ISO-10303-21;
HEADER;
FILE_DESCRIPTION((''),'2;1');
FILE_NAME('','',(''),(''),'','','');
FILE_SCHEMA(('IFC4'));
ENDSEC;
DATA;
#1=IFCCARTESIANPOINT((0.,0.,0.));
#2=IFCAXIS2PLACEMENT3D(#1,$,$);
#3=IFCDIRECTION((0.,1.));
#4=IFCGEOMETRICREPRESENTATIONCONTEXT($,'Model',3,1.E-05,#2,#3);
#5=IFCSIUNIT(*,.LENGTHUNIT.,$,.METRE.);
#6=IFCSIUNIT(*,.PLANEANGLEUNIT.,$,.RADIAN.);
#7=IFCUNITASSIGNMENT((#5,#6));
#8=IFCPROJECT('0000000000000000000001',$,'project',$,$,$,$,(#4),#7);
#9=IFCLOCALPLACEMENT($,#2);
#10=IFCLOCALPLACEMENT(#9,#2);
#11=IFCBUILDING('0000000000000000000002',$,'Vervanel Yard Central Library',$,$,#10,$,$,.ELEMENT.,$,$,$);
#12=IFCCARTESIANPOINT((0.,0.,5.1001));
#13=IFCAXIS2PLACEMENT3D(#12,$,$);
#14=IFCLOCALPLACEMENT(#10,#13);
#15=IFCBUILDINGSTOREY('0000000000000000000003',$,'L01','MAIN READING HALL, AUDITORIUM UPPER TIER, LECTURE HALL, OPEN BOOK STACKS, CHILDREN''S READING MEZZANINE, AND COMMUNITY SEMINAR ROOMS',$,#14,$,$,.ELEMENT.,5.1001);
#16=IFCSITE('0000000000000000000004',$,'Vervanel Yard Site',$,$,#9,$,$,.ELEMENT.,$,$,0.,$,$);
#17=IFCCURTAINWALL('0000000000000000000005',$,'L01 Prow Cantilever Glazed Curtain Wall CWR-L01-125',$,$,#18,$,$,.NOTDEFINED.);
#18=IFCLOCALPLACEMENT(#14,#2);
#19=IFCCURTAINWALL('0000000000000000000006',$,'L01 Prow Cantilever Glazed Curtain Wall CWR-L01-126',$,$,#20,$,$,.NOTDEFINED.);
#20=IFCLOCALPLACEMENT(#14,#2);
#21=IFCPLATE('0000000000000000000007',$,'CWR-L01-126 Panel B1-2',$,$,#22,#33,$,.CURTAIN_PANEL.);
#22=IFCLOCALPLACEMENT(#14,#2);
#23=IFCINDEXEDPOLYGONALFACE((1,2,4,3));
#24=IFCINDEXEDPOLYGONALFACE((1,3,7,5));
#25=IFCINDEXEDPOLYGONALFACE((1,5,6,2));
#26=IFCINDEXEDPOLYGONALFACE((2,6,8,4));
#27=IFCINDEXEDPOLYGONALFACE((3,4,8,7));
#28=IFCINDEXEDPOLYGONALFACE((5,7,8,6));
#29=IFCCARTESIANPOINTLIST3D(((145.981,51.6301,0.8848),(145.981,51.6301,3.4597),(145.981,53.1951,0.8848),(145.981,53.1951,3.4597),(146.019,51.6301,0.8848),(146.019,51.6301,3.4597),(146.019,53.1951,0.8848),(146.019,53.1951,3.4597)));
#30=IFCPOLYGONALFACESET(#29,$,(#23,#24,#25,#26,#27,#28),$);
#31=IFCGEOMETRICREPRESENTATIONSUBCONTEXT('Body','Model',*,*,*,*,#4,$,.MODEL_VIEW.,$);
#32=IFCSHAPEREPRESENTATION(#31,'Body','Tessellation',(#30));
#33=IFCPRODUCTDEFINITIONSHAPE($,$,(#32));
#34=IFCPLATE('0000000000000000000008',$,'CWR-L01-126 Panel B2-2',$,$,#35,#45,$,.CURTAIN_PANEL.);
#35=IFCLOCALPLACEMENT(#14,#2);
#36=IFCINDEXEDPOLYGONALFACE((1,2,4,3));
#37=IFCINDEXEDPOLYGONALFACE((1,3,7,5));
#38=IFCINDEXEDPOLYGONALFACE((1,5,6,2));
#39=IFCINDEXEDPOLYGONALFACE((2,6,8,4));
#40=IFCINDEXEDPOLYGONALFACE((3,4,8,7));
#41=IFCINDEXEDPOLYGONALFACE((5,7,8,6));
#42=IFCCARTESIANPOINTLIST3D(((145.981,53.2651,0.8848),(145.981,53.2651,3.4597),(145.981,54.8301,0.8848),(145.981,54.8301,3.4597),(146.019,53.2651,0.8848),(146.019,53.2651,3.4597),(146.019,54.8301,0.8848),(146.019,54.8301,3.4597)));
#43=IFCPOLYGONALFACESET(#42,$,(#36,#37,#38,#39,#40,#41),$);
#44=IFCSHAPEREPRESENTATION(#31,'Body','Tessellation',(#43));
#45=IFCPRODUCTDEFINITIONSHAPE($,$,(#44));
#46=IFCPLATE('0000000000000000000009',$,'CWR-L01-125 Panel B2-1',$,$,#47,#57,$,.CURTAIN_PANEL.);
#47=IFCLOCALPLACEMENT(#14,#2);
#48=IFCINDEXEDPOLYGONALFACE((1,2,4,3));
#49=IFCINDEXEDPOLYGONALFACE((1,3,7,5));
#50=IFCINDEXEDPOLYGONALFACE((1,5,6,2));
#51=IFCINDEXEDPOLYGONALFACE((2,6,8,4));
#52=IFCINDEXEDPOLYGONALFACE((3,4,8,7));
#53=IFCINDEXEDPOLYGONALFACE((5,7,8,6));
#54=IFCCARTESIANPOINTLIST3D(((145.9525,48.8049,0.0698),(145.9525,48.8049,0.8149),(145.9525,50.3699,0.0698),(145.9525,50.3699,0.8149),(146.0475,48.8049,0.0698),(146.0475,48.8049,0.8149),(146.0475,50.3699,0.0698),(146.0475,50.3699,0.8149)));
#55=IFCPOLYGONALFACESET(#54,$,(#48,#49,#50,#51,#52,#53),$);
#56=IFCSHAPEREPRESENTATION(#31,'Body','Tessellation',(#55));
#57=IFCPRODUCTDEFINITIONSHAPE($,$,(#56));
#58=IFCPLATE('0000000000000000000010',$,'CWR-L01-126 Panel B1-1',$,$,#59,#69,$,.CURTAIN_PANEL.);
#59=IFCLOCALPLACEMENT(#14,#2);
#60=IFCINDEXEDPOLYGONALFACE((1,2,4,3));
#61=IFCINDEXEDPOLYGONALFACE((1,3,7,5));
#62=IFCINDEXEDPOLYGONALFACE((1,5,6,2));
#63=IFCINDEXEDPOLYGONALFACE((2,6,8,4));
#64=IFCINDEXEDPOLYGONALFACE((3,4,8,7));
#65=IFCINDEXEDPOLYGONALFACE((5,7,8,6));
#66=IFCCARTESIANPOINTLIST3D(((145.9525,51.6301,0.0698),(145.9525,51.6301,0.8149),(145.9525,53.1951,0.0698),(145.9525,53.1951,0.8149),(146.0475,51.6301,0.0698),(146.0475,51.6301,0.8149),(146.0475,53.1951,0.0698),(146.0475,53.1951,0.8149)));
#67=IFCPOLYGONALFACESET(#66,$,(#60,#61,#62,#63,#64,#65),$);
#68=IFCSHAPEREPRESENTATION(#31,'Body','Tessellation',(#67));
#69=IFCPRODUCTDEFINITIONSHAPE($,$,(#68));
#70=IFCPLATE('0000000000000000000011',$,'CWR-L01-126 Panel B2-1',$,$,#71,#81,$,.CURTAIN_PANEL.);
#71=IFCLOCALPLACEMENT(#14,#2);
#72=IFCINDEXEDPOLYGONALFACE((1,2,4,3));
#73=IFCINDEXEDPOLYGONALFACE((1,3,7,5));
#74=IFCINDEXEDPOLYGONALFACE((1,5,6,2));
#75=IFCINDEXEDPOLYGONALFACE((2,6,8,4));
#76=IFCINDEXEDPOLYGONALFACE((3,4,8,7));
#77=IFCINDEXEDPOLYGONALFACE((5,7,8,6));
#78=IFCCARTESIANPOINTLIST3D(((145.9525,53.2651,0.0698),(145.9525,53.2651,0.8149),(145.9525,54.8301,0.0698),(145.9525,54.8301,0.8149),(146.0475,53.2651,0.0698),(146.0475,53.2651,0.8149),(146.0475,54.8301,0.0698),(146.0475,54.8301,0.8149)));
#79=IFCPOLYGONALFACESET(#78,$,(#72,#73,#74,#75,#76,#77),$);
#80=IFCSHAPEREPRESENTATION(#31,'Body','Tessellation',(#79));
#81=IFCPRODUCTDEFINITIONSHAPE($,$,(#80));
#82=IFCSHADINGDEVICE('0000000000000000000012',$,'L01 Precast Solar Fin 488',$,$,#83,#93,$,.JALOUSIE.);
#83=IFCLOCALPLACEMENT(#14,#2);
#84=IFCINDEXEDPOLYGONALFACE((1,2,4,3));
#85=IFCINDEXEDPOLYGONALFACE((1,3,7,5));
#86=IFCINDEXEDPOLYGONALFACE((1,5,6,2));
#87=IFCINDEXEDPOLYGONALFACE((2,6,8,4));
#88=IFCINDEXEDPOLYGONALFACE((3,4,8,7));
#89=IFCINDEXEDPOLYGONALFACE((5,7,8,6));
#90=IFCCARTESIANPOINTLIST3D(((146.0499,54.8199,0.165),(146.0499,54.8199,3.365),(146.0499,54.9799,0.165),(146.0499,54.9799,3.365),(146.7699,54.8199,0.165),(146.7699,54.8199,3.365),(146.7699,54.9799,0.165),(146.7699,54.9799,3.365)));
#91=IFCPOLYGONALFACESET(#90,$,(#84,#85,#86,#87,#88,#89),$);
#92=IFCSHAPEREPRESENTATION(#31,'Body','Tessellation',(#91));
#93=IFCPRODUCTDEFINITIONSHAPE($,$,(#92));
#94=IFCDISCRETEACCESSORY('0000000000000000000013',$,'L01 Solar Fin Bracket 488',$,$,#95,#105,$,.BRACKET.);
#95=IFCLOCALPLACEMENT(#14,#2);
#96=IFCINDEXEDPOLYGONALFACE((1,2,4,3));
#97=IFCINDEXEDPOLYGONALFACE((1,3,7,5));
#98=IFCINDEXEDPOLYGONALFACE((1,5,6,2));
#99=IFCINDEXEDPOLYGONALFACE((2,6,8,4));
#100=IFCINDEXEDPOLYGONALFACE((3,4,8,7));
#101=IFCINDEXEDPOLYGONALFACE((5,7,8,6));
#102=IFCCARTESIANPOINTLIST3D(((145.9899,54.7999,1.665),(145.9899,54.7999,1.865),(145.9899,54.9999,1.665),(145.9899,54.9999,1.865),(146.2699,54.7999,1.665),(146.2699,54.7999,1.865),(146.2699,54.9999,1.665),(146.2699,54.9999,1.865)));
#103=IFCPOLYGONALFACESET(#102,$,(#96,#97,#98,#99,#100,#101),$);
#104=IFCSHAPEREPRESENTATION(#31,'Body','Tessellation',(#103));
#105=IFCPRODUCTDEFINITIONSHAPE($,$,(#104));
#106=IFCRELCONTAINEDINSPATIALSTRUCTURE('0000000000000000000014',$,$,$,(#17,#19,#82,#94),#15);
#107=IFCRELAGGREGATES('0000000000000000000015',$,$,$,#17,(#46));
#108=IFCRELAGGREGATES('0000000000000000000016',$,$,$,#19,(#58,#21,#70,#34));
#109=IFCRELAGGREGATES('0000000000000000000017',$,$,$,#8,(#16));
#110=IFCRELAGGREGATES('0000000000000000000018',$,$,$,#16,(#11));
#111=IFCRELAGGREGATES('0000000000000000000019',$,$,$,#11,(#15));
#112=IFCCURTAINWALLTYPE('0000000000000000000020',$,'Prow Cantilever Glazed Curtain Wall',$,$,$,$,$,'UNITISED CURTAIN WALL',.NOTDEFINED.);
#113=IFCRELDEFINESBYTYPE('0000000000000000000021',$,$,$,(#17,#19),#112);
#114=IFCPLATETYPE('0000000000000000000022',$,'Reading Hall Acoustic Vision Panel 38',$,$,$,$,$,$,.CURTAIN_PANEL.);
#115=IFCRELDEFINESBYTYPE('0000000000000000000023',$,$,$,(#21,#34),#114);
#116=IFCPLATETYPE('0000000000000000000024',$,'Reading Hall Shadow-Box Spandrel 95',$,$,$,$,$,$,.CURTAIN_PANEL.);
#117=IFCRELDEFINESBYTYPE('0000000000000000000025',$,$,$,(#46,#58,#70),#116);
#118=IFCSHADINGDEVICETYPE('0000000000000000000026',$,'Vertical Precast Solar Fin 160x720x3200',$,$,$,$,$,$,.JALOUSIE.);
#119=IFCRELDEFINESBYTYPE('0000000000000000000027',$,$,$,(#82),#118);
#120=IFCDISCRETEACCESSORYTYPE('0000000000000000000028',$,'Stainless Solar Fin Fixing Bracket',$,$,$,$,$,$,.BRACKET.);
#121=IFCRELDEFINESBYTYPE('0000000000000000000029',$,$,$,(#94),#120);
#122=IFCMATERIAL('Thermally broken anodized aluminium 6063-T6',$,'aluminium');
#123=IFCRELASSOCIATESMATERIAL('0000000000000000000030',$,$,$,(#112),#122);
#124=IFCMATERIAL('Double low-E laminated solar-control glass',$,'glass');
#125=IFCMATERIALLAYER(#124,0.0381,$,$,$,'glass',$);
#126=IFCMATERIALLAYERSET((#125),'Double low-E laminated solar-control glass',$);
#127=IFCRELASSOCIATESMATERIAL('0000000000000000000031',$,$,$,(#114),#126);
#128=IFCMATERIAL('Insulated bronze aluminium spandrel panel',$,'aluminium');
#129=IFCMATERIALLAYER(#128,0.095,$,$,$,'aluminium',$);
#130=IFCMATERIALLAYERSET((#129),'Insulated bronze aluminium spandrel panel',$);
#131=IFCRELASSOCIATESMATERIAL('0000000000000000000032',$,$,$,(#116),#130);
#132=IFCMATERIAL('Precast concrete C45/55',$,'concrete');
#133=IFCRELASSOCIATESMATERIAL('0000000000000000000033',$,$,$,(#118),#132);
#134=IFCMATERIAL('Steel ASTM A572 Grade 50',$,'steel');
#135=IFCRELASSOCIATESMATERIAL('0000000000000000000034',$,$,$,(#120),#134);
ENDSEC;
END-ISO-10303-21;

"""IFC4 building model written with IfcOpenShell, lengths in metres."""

from ifc_helpers import new_model, si_unit, direction, frame, origin, origin_2d, place, context, subcontext, project, spatial, rectangle, extrude, material, layer, layer_set, type_object, element, aggregate, save


model = new_model("IFC4")

# Units and contexts
model_context = context("Model", 3, precision=1e-05, world=origin(), true_north=direction((0.0, 1.0)))
body_context = subcontext(model_context, "Body", "Model", "MODEL_VIEW")
ifc_project = project(units=[si_unit("LENGTHUNIT", "METRE"), si_unit("PLANEANGLEUNIT", "RADIAN")], contexts=[model_context])

# Site, building, storey
site_placement = place(None, origin())
site = spatial("IfcSite", under=ifc_project, at=site_placement, Name="Vervanel Yard Site", CompositionType="ELEMENT", RefElevation=0.0)
building_placement = place(site_placement, origin())
building = spatial("IfcBuilding", under=site, at=building_placement, Name="Vervanel Yard Central Library", CompositionType="ELEMENT")
storey_placement = place(building_placement, frame((0.0, 0.0, 5.1001)))
storey = spatial("IfcBuildingStorey", under=building, at=storey_placement, Name="L01", Description="MAIN READING HALL, AUDITORIUM UPPER TIER, LECTURE HALL, OPEN BOOK STACKS, CHILDREN'S READING MEZZANINE, AND COMMUNITY SEMINAR ROOMS", CompositionType="ELEMENT", Elevation=5.1001)

# Curtain wall
ifc_material_1 = material(Name="Thermally broken anodized aluminium 6063-T6", Category="aluminium")
curtain_wall_type = type_object("IfcCurtainWallType", Name="Prow Cantilever Glazed Curtain Wall", ElementType="UNITISED CURTAIN WALL", PredefinedType="NOTDEFINED", material=ifc_material_1)
curtain_wall_1_placement = place(storey_placement, origin())
curtain_wall_1 = element("IfcCurtainWall", 1, at=curtain_wall_1_placement, inside=storey, type_object=curtain_wall_type, Name="L01 Prow Cantilever Glazed Curtain Wall CWR-L01-125", PredefinedType="NOTDEFINED")

# Curtain wall
curtain_wall_2_placement = place(storey_placement, origin())
curtain_wall_2 = element("IfcCurtainWall", 2, at=curtain_wall_2_placement, inside=storey, type_object=curtain_wall_type, Name="L01 Prow Cantilever Glazed Curtain Wall CWR-L01-126", PredefinedType="NOTDEFINED")

# Plates
ifc_material_2 = material(Name="Double low-E laminated solar-control glass", Category="glass")
ifc_layer_1 = layer(ifc_material_2, 0.0381, Category="glass")
ifc_layer_set_1 = layer_set([ifc_layer_1], Name="Double low-E laminated solar-control glass")
plate_type_1 = type_object("IfcPlateType", Name="Reading Hall Acoustic Vision Panel 38", PredefinedType="CURTAIN_PANEL", material=ifc_layer_set_1)
plate_1_placement = place(storey_placement, frame((146.0, 52.4126, 0.8848), z_axis=(0.0, 0.0, 1.0), x_axis=(0.0, 1.0, 0.0)))
plate_1 = element("IfcPlate", 3, at=plate_1_placement, type_object=plate_type_1, Name="CWR-L01-126 Panel B1-2", PredefinedType="CURTAIN_PANEL", context=body_context, shape_type="SweptSolid", body=[
    extrude(rectangle(XDim=1.5649, YDim=0.0381, at=origin_2d()), origin(), (0.0, 0.0, 1.0), 2.575),
])
plate_2_placement = place(storey_placement, frame((146.0, 54.0476, 0.8848), z_axis=(0.0, 0.0, 1.0), x_axis=(0.0, 1.0, 0.0)))
plate_2 = element("IfcPlate", 4, at=plate_2_placement, type_object=plate_type_1, Name="CWR-L01-126 Panel B2-2", PredefinedType="CURTAIN_PANEL", context=body_context, shape_type="SweptSolid", body=[
    extrude(rectangle(XDim=1.5649, YDim=0.0381, at=origin_2d()), origin(), (0.0, 0.0, 1.0), 2.575),
])
ifc_material_3 = material(Name="Insulated bronze aluminium spandrel panel", Category="aluminium")
ifc_layer_2 = layer(ifc_material_3, 0.095, Category="aluminium")
ifc_layer_set_2 = layer_set([ifc_layer_2], Name="Insulated bronze aluminium spandrel panel")
plate_type_2 = type_object("IfcPlateType", Name="Reading Hall Shadow-Box Spandrel 95", PredefinedType="CURTAIN_PANEL", material=ifc_layer_set_2)
plate_3_placement = place(storey_placement, frame((146.0, 49.5874, 0.0698), z_axis=(0.0, 0.0, 1.0), x_axis=(0.0, 1.0, 0.0)))
plate_3 = element("IfcPlate", 5, at=plate_3_placement, type_object=plate_type_2, Name="CWR-L01-125 Panel B2-1", PredefinedType="CURTAIN_PANEL", context=body_context, shape_type="SweptSolid", body=[
    extrude(rectangle(XDim=1.5649, YDim=0.095, at=origin_2d()), origin(), (0.0, 0.0, 1.0), 0.7451),
])
aggregate(curtain_wall_1, [plate_3])
plate_4_placement = place(storey_placement, frame((146.0, 52.4126, 0.0698), z_axis=(0.0, 0.0, 1.0), x_axis=(0.0, 1.0, 0.0)))
plate_4 = element("IfcPlate", 6, at=plate_4_placement, type_object=plate_type_2, Name="CWR-L01-126 Panel B1-1", PredefinedType="CURTAIN_PANEL", context=body_context, shape_type="SweptSolid", body=[
    extrude(rectangle(XDim=1.5649, YDim=0.095, at=origin_2d()), origin(), (0.0, 0.0, 1.0), 0.7451),
])
plate_5_placement = place(storey_placement, frame((146.0, 54.0476, 0.0698), z_axis=(0.0, 0.0, 1.0), x_axis=(0.0, 1.0, 0.0)))
plate_5 = element("IfcPlate", 7, at=plate_5_placement, type_object=plate_type_2, Name="CWR-L01-126 Panel B2-1", PredefinedType="CURTAIN_PANEL", context=body_context, shape_type="SweptSolid", body=[
    extrude(rectangle(XDim=1.5649, YDim=0.095, at=origin_2d()), origin(), (0.0, 0.0, 1.0), 0.7451),
])
aggregate(curtain_wall_2, [plate_4, plate_1, plate_5, plate_2])

# Shading device
ifc_material_4 = material(Name="Precast concrete C45/55", Category="concrete")
shading_device_type = type_object("IfcShadingDeviceType", Name="Vertical Precast Solar Fin 160x720x3200", PredefinedType="JALOUSIE", material=ifc_material_4)
shading_device_placement = place(storey_placement, frame((146.4099, 54.8999, 0.165), z_axis=(0.0, 0.0, 1.0), x_axis=(0.0, 1.0, 0.0)))
element("IfcShadingDevice", 8, at=shading_device_placement, inside=storey, type_object=shading_device_type, Name="L01 Precast Solar Fin 488", PredefinedType="JALOUSIE", context=body_context, shape_type="SweptSolid", body=[
    extrude(rectangle(XDim=0.1599, YDim=0.72, at=origin_2d()), origin(), (0.0, 0.0, 1.0), 3.2),
])

# Discrete accessory
ifc_material_5 = material(Name="Steel ASTM A572 Grade 50", Category="steel")
discrete_accessory_type = type_object("IfcDiscreteAccessoryType", Name="Stainless Solar Fin Fixing Bracket", PredefinedType="BRACKET", material=ifc_material_5)
discrete_accessory_placement = place(storey_placement, frame((146.1299, 54.8999, 1.665), z_axis=(0.0, 0.0, 1.0), x_axis=(0.0, 1.0, 0.0)))
element("IfcDiscreteAccessory", 9, at=discrete_accessory_placement, inside=storey, type_object=discrete_accessory_type, Name="L01 Solar Fin Bracket 488", PredefinedType="BRACKET", context=body_context, shape_type="SweptSolid", body=[
    extrude(rectangle(XDim=0.2, YDim=0.28, at=origin_2d()), origin(), (0.0, 0.0, 1.0), 0.2),
])

save(model, "model.ifc")
